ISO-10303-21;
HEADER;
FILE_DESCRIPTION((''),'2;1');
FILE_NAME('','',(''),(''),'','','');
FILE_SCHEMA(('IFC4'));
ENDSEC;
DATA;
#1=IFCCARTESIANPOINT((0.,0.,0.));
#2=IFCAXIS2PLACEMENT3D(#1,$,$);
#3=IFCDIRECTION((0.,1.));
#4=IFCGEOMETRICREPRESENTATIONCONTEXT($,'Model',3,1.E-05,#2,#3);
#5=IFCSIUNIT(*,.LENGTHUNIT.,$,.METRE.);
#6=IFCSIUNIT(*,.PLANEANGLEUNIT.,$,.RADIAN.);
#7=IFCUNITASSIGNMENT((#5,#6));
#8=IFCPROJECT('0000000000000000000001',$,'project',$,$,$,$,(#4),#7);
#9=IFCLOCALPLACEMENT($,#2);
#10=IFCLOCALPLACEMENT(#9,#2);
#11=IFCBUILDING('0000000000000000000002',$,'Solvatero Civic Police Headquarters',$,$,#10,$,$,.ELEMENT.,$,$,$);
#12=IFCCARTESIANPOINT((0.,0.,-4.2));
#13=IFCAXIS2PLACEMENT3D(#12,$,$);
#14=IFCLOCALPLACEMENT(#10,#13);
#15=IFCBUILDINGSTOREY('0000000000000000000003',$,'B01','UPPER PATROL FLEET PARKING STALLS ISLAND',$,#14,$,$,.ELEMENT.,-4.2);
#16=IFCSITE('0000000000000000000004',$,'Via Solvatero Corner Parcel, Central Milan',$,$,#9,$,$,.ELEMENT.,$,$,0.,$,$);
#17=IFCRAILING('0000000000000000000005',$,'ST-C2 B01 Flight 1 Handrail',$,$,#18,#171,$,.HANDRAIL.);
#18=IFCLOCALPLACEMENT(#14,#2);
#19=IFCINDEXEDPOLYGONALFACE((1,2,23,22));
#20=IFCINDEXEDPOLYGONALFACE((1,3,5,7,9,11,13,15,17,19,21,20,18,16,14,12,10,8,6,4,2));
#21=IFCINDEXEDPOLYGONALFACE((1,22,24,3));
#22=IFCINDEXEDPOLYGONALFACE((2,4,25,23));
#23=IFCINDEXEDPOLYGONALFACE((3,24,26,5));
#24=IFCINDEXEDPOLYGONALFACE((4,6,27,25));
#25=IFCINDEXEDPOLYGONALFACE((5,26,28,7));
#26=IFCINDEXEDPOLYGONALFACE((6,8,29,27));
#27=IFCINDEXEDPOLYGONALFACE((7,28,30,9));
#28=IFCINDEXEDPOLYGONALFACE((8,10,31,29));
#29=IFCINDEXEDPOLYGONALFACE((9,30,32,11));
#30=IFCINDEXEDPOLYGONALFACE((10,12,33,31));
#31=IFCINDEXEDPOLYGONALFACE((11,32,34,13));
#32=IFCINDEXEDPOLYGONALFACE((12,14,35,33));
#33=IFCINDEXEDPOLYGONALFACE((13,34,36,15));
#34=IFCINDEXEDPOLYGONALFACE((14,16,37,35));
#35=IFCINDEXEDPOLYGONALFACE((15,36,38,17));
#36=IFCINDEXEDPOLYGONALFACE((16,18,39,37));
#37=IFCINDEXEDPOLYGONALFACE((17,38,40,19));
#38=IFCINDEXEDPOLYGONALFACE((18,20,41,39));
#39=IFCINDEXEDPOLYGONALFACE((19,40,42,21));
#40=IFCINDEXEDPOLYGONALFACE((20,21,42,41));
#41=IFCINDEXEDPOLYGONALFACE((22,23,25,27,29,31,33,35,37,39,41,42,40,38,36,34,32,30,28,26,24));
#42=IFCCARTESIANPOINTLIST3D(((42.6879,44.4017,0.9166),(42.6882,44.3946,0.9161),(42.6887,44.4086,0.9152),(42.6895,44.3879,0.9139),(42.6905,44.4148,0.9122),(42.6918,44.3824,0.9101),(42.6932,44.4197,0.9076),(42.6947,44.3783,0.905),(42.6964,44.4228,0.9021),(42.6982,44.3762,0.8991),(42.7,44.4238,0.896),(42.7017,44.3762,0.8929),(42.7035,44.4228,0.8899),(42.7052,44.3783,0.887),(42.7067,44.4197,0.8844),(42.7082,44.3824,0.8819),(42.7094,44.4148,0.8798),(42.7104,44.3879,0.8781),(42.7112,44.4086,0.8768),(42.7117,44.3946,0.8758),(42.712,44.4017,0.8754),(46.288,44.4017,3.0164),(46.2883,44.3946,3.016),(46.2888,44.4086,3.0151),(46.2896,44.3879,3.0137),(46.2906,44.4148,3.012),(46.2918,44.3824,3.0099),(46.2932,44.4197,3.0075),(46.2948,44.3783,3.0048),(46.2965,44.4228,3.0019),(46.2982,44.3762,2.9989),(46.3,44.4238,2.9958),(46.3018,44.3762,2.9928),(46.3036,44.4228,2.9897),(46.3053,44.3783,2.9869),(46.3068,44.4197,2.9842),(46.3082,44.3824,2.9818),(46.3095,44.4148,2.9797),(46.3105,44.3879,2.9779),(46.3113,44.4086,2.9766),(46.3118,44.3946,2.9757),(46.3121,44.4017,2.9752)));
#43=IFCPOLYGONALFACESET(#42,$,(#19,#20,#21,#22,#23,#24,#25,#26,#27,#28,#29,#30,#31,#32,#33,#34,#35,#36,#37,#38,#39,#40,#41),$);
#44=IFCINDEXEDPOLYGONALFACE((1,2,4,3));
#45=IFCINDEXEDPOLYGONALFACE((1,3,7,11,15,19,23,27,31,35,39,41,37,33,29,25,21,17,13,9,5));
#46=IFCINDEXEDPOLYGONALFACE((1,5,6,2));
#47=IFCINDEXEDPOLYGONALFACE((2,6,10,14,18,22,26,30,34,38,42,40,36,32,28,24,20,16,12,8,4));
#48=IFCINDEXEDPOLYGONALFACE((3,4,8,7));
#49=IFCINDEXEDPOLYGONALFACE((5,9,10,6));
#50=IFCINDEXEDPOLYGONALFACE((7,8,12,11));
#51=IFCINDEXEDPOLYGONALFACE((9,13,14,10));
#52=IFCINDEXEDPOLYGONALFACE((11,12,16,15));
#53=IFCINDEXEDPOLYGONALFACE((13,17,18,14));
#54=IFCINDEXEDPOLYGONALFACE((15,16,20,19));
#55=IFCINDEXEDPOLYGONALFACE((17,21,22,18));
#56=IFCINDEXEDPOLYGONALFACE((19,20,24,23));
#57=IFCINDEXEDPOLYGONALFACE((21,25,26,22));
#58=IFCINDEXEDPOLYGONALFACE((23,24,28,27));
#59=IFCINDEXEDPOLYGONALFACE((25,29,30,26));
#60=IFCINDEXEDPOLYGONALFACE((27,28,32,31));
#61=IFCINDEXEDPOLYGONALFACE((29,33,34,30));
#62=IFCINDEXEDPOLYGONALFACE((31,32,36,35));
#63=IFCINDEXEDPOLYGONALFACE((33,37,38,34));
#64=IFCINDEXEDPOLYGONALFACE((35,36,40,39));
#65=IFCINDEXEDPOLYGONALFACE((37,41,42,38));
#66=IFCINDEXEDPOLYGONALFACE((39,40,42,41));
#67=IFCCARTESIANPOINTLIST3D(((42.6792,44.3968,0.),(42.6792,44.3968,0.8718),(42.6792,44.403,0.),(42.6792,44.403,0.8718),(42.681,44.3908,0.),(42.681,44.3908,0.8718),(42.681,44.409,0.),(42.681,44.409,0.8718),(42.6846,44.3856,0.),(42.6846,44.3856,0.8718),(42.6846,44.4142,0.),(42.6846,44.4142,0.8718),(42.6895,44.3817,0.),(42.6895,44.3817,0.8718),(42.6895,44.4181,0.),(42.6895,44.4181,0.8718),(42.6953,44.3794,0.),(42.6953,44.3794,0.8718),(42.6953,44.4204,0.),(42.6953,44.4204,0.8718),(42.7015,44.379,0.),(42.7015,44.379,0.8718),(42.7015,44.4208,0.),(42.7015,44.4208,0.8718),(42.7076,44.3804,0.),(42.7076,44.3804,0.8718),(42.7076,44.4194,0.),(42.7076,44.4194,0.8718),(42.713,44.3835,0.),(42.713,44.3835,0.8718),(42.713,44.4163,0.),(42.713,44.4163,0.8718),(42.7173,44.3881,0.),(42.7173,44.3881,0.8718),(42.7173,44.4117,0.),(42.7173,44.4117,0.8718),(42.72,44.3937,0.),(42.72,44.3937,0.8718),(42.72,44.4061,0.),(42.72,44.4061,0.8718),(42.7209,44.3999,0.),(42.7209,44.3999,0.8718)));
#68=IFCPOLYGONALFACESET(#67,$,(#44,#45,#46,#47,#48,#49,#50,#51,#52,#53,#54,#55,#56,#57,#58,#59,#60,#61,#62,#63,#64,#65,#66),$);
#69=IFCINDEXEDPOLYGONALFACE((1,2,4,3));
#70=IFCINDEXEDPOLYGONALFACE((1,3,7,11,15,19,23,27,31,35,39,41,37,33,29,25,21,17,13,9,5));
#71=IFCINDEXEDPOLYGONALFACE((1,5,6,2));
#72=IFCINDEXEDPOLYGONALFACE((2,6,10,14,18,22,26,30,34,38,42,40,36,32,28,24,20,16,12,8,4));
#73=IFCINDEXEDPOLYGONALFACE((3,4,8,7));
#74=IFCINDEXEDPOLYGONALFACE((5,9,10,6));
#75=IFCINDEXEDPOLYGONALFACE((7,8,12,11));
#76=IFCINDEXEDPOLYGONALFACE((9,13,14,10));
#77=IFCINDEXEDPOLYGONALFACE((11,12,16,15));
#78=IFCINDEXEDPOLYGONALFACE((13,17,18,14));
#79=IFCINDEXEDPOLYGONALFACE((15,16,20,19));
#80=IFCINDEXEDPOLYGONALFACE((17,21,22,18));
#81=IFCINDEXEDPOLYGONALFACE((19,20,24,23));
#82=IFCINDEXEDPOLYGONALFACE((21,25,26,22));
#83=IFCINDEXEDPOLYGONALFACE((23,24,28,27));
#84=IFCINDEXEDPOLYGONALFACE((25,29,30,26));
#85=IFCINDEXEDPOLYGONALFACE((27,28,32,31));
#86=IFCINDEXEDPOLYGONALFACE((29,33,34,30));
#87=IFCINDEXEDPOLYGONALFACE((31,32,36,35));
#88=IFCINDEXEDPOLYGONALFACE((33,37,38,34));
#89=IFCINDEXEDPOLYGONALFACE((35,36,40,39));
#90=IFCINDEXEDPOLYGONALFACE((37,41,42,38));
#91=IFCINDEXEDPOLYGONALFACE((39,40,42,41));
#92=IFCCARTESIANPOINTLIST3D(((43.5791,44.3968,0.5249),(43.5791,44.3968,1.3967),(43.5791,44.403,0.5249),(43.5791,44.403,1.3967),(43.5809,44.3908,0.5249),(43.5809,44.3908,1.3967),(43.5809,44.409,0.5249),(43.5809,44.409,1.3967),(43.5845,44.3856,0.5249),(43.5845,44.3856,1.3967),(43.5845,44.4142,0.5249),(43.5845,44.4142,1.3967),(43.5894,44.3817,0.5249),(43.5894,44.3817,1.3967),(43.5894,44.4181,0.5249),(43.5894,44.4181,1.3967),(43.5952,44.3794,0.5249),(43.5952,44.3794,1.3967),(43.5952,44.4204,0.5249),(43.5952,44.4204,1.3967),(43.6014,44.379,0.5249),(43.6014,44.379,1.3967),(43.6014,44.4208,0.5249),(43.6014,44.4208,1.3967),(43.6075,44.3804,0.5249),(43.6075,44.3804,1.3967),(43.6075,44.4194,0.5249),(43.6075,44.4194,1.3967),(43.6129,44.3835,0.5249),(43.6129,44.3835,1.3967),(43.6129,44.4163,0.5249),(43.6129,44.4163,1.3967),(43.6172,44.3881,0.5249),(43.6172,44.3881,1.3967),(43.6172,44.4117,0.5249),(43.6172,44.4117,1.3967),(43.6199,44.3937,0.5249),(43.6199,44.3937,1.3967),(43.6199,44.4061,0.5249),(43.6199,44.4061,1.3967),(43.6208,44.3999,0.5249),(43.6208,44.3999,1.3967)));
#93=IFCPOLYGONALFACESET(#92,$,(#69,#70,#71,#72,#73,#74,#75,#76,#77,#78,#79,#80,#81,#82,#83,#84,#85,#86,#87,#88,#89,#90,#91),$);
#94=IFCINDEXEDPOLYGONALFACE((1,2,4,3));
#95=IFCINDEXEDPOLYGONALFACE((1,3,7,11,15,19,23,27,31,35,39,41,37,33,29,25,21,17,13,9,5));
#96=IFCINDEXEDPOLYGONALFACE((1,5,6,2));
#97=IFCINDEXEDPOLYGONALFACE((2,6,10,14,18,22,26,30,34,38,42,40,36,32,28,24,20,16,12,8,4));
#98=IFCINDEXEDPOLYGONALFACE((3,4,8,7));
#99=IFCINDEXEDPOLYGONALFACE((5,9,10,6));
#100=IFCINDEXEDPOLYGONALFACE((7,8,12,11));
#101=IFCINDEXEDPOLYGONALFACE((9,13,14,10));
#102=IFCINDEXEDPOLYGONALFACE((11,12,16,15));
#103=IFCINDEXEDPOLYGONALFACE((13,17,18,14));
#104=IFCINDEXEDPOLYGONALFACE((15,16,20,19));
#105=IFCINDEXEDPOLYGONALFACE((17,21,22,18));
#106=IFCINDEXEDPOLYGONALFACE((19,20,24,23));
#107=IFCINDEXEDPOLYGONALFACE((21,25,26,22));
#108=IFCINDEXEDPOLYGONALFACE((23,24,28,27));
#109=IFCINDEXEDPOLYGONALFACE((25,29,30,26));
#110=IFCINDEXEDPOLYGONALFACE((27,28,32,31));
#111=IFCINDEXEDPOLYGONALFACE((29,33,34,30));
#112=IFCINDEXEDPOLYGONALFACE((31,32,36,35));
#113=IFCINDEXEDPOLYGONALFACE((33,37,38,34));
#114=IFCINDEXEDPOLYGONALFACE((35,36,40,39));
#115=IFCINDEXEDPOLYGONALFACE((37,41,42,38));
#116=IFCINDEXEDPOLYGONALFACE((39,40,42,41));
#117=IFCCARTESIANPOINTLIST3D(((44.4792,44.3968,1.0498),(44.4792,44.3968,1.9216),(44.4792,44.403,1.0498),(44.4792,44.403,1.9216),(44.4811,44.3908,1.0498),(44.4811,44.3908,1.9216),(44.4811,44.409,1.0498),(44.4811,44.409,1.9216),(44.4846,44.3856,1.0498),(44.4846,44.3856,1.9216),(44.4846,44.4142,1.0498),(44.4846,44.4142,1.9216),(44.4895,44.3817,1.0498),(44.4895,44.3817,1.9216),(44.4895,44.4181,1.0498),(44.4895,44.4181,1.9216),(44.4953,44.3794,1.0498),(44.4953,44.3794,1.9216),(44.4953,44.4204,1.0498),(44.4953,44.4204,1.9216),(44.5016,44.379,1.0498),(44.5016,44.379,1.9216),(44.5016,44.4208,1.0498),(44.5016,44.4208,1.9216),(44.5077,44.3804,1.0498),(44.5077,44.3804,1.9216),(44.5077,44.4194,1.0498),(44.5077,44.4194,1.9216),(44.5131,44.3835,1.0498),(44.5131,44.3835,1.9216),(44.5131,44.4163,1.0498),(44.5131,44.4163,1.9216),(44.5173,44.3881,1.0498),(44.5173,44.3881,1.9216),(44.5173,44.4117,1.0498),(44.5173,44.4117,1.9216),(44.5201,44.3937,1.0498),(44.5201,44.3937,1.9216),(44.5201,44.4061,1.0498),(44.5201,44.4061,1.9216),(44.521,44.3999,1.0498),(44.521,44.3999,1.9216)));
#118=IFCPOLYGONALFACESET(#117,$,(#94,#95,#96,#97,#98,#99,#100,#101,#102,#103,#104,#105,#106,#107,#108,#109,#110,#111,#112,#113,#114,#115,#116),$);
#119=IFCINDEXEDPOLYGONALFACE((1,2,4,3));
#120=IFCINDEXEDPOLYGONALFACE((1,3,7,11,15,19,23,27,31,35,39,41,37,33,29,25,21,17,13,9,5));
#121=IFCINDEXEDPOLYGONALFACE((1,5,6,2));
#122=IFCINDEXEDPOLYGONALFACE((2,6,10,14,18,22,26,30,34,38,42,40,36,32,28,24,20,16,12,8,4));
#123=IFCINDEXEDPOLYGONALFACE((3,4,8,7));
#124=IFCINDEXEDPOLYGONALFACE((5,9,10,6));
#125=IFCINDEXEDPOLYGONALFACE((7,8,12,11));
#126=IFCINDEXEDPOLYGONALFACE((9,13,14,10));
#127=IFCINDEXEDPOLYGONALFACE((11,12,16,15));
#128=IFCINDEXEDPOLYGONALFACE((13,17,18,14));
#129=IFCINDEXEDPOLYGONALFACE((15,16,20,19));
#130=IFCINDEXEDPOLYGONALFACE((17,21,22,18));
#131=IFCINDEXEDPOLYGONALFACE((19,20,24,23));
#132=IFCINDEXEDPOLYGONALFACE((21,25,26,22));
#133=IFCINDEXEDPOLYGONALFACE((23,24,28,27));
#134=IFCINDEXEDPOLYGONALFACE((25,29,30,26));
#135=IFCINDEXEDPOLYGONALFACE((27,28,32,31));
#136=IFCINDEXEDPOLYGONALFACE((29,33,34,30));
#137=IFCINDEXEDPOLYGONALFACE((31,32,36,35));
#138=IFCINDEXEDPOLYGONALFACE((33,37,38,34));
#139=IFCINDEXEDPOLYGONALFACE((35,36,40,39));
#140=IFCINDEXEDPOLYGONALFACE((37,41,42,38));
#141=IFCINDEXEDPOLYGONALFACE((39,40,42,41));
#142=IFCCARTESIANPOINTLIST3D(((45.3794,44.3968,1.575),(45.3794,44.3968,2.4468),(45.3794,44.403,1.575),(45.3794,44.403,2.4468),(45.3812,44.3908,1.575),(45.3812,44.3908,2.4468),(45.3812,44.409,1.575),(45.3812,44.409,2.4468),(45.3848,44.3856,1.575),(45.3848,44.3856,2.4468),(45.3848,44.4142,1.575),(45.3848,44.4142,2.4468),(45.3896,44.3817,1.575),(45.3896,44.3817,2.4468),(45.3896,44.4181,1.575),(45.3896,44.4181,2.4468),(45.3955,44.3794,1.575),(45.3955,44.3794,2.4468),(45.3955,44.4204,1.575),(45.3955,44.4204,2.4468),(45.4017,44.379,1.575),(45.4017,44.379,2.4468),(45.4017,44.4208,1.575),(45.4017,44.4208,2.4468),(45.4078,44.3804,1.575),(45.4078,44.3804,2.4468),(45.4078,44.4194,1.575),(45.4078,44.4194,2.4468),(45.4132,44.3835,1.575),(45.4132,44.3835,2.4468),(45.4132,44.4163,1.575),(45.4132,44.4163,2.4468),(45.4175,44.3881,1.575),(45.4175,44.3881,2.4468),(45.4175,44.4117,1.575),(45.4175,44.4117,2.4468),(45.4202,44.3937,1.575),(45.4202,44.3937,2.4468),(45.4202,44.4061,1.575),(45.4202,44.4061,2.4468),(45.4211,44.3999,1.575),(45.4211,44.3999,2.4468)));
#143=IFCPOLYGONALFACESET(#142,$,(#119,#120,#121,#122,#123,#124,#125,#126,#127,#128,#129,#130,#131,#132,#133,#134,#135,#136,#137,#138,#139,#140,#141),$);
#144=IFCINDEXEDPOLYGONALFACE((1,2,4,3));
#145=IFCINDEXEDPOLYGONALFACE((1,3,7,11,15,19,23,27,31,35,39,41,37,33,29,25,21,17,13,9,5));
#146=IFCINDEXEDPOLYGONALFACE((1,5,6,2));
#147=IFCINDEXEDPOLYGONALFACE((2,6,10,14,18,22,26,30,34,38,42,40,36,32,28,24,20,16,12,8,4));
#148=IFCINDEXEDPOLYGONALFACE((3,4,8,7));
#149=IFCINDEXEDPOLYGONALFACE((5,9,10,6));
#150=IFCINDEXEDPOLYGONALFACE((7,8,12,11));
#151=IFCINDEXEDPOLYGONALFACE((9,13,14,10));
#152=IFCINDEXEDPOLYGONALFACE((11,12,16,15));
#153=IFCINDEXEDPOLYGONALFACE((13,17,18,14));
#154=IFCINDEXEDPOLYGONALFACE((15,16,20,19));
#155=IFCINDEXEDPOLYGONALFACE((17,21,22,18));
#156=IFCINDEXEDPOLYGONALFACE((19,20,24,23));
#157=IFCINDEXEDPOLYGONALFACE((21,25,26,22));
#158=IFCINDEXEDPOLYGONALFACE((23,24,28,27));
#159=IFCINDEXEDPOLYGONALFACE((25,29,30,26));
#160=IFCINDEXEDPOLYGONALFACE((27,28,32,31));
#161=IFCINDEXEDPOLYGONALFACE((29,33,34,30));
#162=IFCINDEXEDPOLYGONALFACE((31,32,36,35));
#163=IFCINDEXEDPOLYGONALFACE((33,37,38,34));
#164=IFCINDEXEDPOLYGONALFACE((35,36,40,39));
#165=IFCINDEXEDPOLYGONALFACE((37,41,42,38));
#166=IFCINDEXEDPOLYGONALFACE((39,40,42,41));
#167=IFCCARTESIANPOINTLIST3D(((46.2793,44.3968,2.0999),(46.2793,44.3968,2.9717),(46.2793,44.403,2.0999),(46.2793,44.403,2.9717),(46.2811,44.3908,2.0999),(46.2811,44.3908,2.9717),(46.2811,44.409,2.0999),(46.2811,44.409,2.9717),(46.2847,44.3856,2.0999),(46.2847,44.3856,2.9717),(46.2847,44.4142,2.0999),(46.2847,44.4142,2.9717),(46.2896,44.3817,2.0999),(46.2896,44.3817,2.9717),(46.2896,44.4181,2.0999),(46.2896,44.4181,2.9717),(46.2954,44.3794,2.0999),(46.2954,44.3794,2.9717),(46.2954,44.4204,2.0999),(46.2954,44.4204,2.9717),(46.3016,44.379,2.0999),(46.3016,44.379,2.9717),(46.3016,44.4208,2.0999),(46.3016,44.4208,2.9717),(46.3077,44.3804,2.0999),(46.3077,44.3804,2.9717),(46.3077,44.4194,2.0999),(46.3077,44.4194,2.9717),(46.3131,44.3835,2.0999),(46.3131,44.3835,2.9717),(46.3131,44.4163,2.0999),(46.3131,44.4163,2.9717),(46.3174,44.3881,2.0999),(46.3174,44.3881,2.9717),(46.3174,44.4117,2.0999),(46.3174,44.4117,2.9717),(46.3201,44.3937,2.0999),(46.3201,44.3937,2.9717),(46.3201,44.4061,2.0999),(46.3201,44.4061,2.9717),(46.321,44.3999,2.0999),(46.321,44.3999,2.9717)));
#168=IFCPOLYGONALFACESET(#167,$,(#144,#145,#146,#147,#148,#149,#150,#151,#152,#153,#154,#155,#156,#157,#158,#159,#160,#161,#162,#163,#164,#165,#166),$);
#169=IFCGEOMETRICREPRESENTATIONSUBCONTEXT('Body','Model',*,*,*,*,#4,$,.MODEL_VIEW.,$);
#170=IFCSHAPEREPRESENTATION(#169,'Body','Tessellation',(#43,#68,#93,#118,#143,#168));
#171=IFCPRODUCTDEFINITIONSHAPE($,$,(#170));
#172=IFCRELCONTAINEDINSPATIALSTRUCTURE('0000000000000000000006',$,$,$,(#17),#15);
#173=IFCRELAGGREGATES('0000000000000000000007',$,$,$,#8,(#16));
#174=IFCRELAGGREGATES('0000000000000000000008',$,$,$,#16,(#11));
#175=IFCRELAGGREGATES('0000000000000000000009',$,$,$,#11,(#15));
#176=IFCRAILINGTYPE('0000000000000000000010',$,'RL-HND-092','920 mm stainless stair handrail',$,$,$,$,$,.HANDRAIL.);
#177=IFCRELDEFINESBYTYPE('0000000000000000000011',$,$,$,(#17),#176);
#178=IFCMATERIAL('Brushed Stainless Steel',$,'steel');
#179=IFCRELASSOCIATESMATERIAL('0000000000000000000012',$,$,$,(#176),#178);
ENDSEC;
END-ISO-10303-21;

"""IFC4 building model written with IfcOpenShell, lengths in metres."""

from ifc_helpers import new_model, si_unit, direction, frame, origin, origin_2d, place, context, subcontext, project, spatial, circle, extrude, material, type_object, element, save


model = new_model("IFC4")

# Units and contexts
model_context = context("Model", 3, precision=1e-05, world=origin(), true_north=direction((0.0, 1.0)))
body_context = subcontext(model_context, "Body", "Model", "MODEL_VIEW")
ifc_project = project(units=[si_unit("LENGTHUNIT", "METRE"), si_unit("PLANEANGLEUNIT", "RADIAN")], contexts=[model_context])

# Site, building, storey
site_placement = place(None, origin())
site = spatial("IfcSite", under=ifc_project, at=site_placement, Name="Via Solvatero Corner Parcel, Central Milan", CompositionType="ELEMENT", RefElevation=0.0)
building_placement = place(site_placement, origin())
building = spatial("IfcBuilding", under=site, at=building_placement, Name="Solvatero Civic Police Headquarters", CompositionType="ELEMENT")
storey_placement = place(building_placement, frame((0.0, 0.0, -4.2)))
storey = spatial("IfcBuildingStorey", under=building, at=storey_placement, Name="B01", Description="UPPER PATROL FLEET PARKING STALLS ISLAND", CompositionType="ELEMENT", Elevation=-4.2)

# Railing
ifc_material_1 = material(Name="Brushed Stainless Steel", Category="steel")
railing_type_1 = type_object("IfcRailingType", Name="RL-HND-092", Description="920 mm stainless stair handrail", PredefinedType="HANDRAIL", material=ifc_material_1)
railing_1_placement = place(storey_placement, frame((42.7, 44.3999, 0.0)))
element("IfcRailing", 1, at=railing_1_placement, inside=storey, type_object=railing_type_1, Name="ST-C2 B01 Flight 1 Handrail", PredefinedType="HANDRAIL", context=body_context, shape_type="SweptSolid", body=[
    extrude(circle(Radius=0.0239, at=origin_2d()), frame((0.0, 0.0, 0.896), z_axis=(0.8638, 0.0, 0.503835), x_axis=(0.0, 1.0, 0.0)), (0.0, 0.0, 1.0), 4.1677),
    extrude(circle(Radius=0.021, at=origin_2d()), origin(), (0.0, 0.0, 1.0), 0.8718),
    extrude(circle(Radius=0.021, at=origin_2d()), frame((0.8999, 0.0, 0.5249)), (0.0, 0.0, 1.0), 0.8718),
    extrude(circle(Radius=0.021, at=origin_2d()), frame((1.8, 0.0, 1.0498)), (0.0, 0.0, 1.0), 0.8718),
    extrude(circle(Radius=0.021, at=origin_2d()), frame((2.7002, 0.0, 1.575)), (0.0, 0.0, 1.0), 0.8718),
    extrude(circle(Radius=0.021, at=origin_2d()), frame((3.6001, 0.0, 2.0999)), (0.0, 0.0, 1.0), 0.8718),
])

save(model, "model.ifc")
